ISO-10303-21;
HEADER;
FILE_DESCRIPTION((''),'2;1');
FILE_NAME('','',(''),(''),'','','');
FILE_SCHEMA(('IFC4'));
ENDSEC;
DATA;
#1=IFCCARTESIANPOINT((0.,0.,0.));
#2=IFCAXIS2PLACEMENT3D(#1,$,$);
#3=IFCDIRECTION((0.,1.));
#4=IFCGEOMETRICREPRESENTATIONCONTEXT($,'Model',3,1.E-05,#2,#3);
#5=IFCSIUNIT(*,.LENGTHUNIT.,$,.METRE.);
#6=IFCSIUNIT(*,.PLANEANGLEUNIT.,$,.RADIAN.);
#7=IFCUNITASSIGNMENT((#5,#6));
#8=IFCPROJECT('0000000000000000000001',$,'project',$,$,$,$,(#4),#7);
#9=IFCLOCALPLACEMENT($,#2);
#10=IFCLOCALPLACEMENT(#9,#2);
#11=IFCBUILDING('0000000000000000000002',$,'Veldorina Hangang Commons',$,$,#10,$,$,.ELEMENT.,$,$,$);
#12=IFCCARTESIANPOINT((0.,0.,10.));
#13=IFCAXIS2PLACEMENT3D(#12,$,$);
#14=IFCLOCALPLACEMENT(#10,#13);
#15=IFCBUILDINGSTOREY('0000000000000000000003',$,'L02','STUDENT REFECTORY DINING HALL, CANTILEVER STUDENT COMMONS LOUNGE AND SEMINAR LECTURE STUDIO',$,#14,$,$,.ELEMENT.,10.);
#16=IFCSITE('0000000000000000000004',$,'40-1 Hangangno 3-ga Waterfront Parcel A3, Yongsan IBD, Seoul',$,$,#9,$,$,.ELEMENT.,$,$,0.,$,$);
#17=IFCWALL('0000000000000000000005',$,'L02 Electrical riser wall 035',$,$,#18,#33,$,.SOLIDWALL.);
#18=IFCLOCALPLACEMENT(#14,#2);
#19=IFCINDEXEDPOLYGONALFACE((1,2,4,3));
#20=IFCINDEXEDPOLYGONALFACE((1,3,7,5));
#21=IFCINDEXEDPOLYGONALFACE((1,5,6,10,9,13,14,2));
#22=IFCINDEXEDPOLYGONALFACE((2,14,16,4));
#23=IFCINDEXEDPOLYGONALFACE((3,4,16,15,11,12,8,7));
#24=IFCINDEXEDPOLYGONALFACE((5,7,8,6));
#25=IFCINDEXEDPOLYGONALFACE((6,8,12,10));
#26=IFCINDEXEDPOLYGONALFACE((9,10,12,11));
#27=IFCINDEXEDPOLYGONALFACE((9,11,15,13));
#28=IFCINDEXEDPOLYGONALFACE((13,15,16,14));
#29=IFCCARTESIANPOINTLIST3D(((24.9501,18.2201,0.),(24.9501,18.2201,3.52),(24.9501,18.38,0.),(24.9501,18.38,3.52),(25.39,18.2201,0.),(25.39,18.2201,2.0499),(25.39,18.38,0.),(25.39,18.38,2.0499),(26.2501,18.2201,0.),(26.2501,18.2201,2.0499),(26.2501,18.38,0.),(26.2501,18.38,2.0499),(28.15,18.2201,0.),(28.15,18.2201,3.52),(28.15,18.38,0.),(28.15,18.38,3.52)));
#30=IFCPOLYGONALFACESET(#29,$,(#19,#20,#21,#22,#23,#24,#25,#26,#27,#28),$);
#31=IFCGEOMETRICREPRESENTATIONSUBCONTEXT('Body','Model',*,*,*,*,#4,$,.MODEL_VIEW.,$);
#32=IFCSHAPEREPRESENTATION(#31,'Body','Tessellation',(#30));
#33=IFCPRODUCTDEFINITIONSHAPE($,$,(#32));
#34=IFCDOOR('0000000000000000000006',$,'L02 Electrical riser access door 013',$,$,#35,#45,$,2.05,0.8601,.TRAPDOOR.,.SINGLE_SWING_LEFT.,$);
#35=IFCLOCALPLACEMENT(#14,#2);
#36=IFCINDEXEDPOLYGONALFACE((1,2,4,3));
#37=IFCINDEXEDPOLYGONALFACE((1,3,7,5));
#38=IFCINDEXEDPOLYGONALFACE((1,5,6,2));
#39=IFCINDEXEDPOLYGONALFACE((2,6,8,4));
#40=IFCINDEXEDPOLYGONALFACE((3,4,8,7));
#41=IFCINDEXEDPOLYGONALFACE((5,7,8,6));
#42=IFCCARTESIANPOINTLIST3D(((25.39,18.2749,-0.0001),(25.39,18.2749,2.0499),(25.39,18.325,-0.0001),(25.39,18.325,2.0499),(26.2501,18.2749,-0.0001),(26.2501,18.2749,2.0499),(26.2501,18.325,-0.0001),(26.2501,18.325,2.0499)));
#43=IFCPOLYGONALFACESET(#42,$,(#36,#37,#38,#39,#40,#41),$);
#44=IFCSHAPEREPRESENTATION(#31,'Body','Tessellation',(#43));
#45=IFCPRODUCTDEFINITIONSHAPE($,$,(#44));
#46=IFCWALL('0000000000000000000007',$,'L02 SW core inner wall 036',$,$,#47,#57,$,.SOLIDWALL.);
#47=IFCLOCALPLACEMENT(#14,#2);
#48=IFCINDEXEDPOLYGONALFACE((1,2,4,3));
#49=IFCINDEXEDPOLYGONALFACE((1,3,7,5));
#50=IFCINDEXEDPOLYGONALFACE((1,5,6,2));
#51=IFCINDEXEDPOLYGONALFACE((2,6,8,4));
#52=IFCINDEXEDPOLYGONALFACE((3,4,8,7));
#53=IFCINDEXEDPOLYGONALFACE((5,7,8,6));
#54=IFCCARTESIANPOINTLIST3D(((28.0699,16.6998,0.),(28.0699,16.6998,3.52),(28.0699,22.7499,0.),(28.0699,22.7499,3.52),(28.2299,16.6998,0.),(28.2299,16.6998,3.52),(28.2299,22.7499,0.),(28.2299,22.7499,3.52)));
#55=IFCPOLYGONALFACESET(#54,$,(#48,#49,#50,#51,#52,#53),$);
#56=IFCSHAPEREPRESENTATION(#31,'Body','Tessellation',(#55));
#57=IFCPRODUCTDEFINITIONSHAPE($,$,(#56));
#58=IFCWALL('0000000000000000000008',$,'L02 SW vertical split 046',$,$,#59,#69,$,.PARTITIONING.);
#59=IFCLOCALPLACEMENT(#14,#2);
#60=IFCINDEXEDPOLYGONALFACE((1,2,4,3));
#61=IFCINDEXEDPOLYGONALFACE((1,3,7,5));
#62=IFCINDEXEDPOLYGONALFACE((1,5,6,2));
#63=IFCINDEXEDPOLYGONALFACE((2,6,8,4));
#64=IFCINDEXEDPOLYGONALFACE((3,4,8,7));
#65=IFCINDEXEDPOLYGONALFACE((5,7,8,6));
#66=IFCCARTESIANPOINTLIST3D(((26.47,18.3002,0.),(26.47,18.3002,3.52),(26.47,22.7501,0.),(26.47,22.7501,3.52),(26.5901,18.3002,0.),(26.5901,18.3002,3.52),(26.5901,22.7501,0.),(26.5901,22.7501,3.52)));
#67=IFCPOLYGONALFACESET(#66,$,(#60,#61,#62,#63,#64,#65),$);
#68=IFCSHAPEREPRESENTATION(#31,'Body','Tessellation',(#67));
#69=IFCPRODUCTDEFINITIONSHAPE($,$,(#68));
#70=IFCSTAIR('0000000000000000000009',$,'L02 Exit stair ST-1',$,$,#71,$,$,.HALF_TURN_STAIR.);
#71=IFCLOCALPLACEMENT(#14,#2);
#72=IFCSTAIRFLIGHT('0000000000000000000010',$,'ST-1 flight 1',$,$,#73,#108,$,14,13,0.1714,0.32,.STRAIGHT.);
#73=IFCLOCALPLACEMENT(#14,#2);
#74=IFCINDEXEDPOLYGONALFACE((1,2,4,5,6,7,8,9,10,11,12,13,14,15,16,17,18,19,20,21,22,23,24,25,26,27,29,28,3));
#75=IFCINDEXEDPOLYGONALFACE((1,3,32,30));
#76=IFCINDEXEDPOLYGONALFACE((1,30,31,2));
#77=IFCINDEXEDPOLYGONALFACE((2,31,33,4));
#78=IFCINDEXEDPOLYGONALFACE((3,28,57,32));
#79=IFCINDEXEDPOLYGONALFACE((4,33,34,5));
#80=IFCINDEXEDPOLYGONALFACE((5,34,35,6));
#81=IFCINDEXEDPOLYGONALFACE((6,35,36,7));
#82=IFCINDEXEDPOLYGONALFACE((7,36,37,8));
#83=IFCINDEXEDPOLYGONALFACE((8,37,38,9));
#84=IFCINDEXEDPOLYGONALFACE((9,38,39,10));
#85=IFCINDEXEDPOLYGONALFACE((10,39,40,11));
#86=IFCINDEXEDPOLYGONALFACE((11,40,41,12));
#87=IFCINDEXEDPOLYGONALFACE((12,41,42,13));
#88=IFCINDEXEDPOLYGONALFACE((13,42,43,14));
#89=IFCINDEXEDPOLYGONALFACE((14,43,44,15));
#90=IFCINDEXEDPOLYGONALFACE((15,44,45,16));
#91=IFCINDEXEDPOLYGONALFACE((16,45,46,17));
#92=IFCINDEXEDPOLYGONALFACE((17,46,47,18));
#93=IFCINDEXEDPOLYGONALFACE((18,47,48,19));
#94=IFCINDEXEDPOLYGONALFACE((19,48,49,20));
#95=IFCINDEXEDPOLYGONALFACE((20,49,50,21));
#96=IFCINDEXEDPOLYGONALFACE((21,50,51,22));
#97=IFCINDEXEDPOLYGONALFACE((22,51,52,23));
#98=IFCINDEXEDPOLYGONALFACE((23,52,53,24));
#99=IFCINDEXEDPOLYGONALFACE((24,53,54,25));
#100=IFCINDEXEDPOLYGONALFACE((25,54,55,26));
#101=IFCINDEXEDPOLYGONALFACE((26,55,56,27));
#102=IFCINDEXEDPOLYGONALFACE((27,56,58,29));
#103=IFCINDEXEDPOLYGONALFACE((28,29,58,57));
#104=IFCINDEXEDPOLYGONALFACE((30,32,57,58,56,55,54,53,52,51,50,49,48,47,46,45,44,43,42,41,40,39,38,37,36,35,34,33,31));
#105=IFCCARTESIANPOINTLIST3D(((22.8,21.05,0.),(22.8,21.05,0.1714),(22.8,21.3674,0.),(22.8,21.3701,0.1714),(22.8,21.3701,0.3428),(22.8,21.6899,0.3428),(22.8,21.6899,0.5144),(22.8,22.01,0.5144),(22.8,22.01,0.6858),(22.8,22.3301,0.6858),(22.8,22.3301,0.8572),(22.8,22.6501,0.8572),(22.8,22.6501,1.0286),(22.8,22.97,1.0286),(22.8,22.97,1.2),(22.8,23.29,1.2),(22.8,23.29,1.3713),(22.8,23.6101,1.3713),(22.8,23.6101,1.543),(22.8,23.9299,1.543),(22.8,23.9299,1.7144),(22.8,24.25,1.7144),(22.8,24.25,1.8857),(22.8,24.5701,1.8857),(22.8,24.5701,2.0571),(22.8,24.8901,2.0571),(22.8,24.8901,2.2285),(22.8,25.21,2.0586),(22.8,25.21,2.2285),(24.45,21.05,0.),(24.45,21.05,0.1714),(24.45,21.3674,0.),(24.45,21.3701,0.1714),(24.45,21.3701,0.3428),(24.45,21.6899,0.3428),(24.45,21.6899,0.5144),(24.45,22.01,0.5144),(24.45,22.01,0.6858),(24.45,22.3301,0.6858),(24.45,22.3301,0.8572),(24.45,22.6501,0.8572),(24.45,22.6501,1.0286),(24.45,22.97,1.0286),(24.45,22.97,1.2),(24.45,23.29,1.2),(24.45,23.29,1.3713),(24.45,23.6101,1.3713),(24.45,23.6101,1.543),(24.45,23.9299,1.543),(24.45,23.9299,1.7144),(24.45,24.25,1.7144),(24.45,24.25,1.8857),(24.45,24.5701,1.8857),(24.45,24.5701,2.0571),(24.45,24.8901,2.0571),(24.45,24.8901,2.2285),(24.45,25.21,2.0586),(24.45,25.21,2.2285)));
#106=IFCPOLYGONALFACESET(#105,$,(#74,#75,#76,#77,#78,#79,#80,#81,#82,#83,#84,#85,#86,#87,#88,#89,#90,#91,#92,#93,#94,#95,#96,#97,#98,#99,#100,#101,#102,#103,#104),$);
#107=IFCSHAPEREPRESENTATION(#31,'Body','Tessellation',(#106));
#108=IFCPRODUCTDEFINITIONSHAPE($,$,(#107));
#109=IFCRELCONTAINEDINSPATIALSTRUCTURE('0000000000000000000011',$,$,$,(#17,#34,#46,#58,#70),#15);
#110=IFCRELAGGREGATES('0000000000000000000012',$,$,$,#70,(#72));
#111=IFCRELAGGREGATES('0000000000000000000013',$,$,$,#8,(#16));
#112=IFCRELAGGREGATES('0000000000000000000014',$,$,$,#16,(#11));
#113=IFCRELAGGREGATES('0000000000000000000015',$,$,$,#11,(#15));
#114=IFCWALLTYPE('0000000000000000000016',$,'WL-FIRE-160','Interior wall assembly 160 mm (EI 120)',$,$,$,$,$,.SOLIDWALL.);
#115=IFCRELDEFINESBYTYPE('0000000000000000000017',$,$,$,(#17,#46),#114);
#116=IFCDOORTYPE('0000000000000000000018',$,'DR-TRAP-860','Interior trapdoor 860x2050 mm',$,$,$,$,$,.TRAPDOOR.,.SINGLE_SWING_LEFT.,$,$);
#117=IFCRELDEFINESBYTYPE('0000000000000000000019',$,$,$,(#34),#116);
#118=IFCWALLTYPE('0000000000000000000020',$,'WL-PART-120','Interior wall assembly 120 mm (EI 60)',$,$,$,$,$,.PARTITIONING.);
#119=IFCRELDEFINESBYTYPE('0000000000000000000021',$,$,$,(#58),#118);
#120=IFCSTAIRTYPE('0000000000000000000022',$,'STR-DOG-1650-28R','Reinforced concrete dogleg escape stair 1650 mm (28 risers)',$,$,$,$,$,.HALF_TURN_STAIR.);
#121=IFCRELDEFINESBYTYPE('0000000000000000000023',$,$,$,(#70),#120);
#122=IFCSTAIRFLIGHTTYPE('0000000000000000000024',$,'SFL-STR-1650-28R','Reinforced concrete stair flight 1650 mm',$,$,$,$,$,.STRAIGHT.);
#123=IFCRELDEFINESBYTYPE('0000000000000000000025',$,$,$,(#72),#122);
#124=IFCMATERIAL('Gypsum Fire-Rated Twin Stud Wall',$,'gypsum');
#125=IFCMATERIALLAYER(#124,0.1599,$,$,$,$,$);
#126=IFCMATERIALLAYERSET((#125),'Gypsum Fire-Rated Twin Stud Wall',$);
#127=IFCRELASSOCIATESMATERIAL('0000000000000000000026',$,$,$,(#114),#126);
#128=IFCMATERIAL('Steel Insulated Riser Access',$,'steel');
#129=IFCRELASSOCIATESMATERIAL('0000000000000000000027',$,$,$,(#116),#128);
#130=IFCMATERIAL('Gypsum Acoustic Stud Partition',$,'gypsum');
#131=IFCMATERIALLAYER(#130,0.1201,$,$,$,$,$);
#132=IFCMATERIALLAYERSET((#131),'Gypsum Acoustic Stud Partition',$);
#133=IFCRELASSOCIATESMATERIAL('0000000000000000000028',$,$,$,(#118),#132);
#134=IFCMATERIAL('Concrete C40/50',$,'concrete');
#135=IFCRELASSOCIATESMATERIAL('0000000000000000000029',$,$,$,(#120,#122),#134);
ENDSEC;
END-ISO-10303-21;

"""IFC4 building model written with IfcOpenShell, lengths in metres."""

from ifc_helpers import new_model, si_unit, direction, frame, frame_2d, origin, place, context, subcontext, project, spatial, polyline, rectangle, outline, extrude, material, layer, layer_set, type_object, element, fill, aggregate, save


model = new_model("IFC4")

# Units and contexts
model_context = context("Model", 3, precision=1e-05, world=origin(), true_north=direction((0.0, 1.0)))
body_context = subcontext(model_context, "Body", "Model", "MODEL_VIEW")
ifc_project = project(units=[si_unit("LENGTHUNIT", "METRE"), si_unit("PLANEANGLEUNIT", "RADIAN")], contexts=[model_context])

# Site, building, storey
site_placement = place(None, origin())
site = spatial("IfcSite", under=ifc_project, at=site_placement, Name="40-1 Hangangno 3-ga Waterfront Parcel A3, Yongsan IBD, Seoul", CompositionType="ELEMENT", RefElevation=0.0)
building_placement = place(site_placement, origin())
building = spatial("IfcBuilding", under=site, at=building_placement, Name="Veldorina Hangang Commons", CompositionType="ELEMENT")
storey_placement = place(building_placement, frame((0.0, 0.0, 10.0)))
storey = spatial("IfcBuildingStorey", under=building, at=storey_placement, Name="L02", Description="STUDENT REFECTORY DINING HALL, CANTILEVER STUDENT COMMONS LOUNGE AND SEMINAR LECTURE STUDIO", CompositionType="ELEMENT", Elevation=10.0)

# Shared definitions
ifc_material_1 = material(Name="Gypsum Fire-Rated Twin Stud Wall", Category="gypsum")
ifc_layer_1 = layer(ifc_material_1, 0.1599)
ifc_layer_set_1 = layer_set([ifc_layer_1], Name="Gypsum Fire-Rated Twin Stud Wall")
wall_type_1 = type_object("IfcWallType", Name="WL-FIRE-160", Description="Interior wall assembly 160 mm (EI 120)", PredefinedType="SOLIDWALL", material=ifc_layer_set_1)

# Wall, opening, door
wall_1_placement = place(storey_placement, frame((24.95, 18.3, 0.0), z_axis=(0.0, 0.0, 1.0), x_axis=(1.0, 0.0, 0.0)))
wall_1 = element("IfcWall", 1, at=wall_1_placement, inside=storey, type_object=wall_type_1, Name="L02 Electrical riser wall 035", PredefinedType="SOLIDWALL", context=body_context, shape_type="SweptSolid", body=[
    extrude(rectangle(XDim=3.2, YDim=0.1599, at=frame_2d((1.6001, 0.0))), origin(), (0.0, 0.0, 1.0), 3.52),
])
opening_1_placement = place(wall_1_placement, frame((0.4399, 0.0, 0.0)))
opening_1 = element("IfcOpeningElement", 2, at=opening_1_placement, cuts=wall_1, PredefinedType="OPENING", context=body_context, shape_type="SweptSolid", body=[
    extrude(rectangle(XDim=0.8601, YDim=2.05, at=frame_2d((0.4302, 1.0249))), frame((0.0, 0.0898, 0.0), z_axis=(0.0, -1.0, 0.0), x_axis=(1.0, 0.0, 0.0)), (0.0, 0.0, 1.0), 0.1799),
])
ifc_material_2 = material(Name="Steel Insulated Riser Access", Category="steel")
door_type_1 = type_object("IfcDoorType", Name="DR-TRAP-860", Description="Interior trapdoor 860x2050 mm", OperationType="SINGLE_SWING_LEFT", PredefinedType="TRAPDOOR", material=ifc_material_2)
door_1_placement = place(opening_1_placement, origin())
door_1 = element("IfcDoor", 3, at=door_1_placement, inside=storey, type_object=door_type_1, Name="L02 Electrical riser access door 013", OperationType="SINGLE_SWING_LEFT", OverallHeight=2.05, OverallWidth=0.8601, PredefinedType="TRAPDOOR", context=body_context, shape_type="SweptSolid", body=[
    extrude(rectangle(XDim=0.8601, YDim=2.05, at=frame_2d((0.4302, 1.0249))), frame((0.0, 0.0249, 0.0), z_axis=(0.0, -1.0, 0.0), x_axis=(1.0, 0.0, 0.0)), (0.0, 0.0, 1.0), 0.05),
])
fill(opening_1, door_1)

# Walls
wall_2_placement = place(storey_placement, frame((28.1499, 16.7, 0.0), z_axis=(0.0, 0.0, 1.0), x_axis=(0.0, 1.0, 0.0)))
element("IfcWall", 4, at=wall_2_placement, inside=storey, type_object=wall_type_1, Name="L02 SW core inner wall 036", PredefinedType="SOLIDWALL", context=body_context, shape_type="SweptSolid", body=[
    extrude(rectangle(XDim=6.05, YDim=0.1599, at=frame_2d((3.0249, 0.0))), origin(), (0.0, 0.0, 1.0), 3.52),
])
ifc_material_3 = material(Name="Gypsum Acoustic Stud Partition", Category="gypsum")
ifc_layer_2 = layer(ifc_material_3, 0.1201)
ifc_layer_set_2 = layer_set([ifc_layer_2], Name="Gypsum Acoustic Stud Partition")
wall_type_2 = type_object("IfcWallType", Name="WL-PART-120", Description="Interior wall assembly 120 mm (EI 60)", PredefinedType="PARTITIONING", material=ifc_layer_set_2)
wall_3_placement = place(storey_placement, frame((26.53, 18.3, 0.0), z_axis=(0.0, 0.0, 1.0), x_axis=(0.0, 1.0, 0.0)))
element("IfcWall", 5, at=wall_3_placement, inside=storey, type_object=wall_type_2, Name="L02 SW vertical split 046", PredefinedType="PARTITIONING", context=body_context, shape_type="SweptSolid", body=[
    extrude(rectangle(XDim=4.45, YDim=0.1201, at=frame_2d((2.2251, 0.0))), origin(), (0.0, 0.0, 1.0), 3.52),
])

# Stair, stair flight
ifc_material_4 = material(Name="Concrete C40/50", Category="concrete")
stair_type = type_object("IfcStairType", Name="STR-DOG-1650-28R", Description="Reinforced concrete dogleg escape stair 1650 mm (28 risers)", PredefinedType="HALF_TURN_STAIR", material=ifc_material_4)
stair_placement = place(storey_placement, origin())
stair = element("IfcStair", 6, at=stair_placement, inside=storey, type_object=stair_type, Name="L02 Exit stair ST-1", PredefinedType="HALF_TURN_STAIR")
stair_flight_type = type_object("IfcStairFlightType", Name="SFL-STR-1650-28R", Description="Reinforced concrete stair flight 1650 mm", PredefinedType="STRAIGHT", material=ifc_material_4)
stair_flight_placement = place(storey_placement, frame((23.625, 21.05, 0.0), z_axis=(0.0, 0.0, 1.0), x_axis=(0.0, 1.0, 0.0)))
stair_flight = element("IfcStairFlight", 7, at=stair_flight_placement, type_object=stair_flight_type, Name="ST-1 flight 1", NumberOfRisers=14, NumberOfTreads=13, PredefinedType="STRAIGHT", RiserHeight=0.1714, TreadLength=0.32, context=body_context, shape_type="SweptSolid", body=[
    extrude(outline(polyline([(0.0, 0.0), (0.0, 0.1714), (0.3201, 0.1714), (0.3201, 0.3428), (0.6399, 0.3428), (0.6399, 0.5144), (0.96, 0.5144), (0.96, 0.6858), (1.28, 0.6858), (1.28, 0.8572), (1.6001, 0.8572), (1.6001, 1.0286), (1.9199, 1.0286), (1.9199, 1.2), (2.24, 1.2), (2.24, 1.3713), (2.5601, 1.3713), (2.5601, 1.543), (2.8799, 1.543), (2.8799, 1.7144), (3.2, 1.7144), (3.2, 1.8857), (3.52, 1.8857), (3.52, 2.0571), (3.8401, 2.0571), (3.8401, 2.2285), (4.1599, 2.2285), (4.1599, 2.3999), (4.1599, 2.0586), (0.3174, 0.0), (0.0, 0.0)])), frame((0.0, 0.825, 0.0), z_axis=(0.0, -1.0, 0.0), x_axis=(1.0, 0.0, 0.0)), (0.0, 0.0, 1.0), 1.6499),
])
aggregate(stair, [stair_flight])

save(model, "model.ifc")
